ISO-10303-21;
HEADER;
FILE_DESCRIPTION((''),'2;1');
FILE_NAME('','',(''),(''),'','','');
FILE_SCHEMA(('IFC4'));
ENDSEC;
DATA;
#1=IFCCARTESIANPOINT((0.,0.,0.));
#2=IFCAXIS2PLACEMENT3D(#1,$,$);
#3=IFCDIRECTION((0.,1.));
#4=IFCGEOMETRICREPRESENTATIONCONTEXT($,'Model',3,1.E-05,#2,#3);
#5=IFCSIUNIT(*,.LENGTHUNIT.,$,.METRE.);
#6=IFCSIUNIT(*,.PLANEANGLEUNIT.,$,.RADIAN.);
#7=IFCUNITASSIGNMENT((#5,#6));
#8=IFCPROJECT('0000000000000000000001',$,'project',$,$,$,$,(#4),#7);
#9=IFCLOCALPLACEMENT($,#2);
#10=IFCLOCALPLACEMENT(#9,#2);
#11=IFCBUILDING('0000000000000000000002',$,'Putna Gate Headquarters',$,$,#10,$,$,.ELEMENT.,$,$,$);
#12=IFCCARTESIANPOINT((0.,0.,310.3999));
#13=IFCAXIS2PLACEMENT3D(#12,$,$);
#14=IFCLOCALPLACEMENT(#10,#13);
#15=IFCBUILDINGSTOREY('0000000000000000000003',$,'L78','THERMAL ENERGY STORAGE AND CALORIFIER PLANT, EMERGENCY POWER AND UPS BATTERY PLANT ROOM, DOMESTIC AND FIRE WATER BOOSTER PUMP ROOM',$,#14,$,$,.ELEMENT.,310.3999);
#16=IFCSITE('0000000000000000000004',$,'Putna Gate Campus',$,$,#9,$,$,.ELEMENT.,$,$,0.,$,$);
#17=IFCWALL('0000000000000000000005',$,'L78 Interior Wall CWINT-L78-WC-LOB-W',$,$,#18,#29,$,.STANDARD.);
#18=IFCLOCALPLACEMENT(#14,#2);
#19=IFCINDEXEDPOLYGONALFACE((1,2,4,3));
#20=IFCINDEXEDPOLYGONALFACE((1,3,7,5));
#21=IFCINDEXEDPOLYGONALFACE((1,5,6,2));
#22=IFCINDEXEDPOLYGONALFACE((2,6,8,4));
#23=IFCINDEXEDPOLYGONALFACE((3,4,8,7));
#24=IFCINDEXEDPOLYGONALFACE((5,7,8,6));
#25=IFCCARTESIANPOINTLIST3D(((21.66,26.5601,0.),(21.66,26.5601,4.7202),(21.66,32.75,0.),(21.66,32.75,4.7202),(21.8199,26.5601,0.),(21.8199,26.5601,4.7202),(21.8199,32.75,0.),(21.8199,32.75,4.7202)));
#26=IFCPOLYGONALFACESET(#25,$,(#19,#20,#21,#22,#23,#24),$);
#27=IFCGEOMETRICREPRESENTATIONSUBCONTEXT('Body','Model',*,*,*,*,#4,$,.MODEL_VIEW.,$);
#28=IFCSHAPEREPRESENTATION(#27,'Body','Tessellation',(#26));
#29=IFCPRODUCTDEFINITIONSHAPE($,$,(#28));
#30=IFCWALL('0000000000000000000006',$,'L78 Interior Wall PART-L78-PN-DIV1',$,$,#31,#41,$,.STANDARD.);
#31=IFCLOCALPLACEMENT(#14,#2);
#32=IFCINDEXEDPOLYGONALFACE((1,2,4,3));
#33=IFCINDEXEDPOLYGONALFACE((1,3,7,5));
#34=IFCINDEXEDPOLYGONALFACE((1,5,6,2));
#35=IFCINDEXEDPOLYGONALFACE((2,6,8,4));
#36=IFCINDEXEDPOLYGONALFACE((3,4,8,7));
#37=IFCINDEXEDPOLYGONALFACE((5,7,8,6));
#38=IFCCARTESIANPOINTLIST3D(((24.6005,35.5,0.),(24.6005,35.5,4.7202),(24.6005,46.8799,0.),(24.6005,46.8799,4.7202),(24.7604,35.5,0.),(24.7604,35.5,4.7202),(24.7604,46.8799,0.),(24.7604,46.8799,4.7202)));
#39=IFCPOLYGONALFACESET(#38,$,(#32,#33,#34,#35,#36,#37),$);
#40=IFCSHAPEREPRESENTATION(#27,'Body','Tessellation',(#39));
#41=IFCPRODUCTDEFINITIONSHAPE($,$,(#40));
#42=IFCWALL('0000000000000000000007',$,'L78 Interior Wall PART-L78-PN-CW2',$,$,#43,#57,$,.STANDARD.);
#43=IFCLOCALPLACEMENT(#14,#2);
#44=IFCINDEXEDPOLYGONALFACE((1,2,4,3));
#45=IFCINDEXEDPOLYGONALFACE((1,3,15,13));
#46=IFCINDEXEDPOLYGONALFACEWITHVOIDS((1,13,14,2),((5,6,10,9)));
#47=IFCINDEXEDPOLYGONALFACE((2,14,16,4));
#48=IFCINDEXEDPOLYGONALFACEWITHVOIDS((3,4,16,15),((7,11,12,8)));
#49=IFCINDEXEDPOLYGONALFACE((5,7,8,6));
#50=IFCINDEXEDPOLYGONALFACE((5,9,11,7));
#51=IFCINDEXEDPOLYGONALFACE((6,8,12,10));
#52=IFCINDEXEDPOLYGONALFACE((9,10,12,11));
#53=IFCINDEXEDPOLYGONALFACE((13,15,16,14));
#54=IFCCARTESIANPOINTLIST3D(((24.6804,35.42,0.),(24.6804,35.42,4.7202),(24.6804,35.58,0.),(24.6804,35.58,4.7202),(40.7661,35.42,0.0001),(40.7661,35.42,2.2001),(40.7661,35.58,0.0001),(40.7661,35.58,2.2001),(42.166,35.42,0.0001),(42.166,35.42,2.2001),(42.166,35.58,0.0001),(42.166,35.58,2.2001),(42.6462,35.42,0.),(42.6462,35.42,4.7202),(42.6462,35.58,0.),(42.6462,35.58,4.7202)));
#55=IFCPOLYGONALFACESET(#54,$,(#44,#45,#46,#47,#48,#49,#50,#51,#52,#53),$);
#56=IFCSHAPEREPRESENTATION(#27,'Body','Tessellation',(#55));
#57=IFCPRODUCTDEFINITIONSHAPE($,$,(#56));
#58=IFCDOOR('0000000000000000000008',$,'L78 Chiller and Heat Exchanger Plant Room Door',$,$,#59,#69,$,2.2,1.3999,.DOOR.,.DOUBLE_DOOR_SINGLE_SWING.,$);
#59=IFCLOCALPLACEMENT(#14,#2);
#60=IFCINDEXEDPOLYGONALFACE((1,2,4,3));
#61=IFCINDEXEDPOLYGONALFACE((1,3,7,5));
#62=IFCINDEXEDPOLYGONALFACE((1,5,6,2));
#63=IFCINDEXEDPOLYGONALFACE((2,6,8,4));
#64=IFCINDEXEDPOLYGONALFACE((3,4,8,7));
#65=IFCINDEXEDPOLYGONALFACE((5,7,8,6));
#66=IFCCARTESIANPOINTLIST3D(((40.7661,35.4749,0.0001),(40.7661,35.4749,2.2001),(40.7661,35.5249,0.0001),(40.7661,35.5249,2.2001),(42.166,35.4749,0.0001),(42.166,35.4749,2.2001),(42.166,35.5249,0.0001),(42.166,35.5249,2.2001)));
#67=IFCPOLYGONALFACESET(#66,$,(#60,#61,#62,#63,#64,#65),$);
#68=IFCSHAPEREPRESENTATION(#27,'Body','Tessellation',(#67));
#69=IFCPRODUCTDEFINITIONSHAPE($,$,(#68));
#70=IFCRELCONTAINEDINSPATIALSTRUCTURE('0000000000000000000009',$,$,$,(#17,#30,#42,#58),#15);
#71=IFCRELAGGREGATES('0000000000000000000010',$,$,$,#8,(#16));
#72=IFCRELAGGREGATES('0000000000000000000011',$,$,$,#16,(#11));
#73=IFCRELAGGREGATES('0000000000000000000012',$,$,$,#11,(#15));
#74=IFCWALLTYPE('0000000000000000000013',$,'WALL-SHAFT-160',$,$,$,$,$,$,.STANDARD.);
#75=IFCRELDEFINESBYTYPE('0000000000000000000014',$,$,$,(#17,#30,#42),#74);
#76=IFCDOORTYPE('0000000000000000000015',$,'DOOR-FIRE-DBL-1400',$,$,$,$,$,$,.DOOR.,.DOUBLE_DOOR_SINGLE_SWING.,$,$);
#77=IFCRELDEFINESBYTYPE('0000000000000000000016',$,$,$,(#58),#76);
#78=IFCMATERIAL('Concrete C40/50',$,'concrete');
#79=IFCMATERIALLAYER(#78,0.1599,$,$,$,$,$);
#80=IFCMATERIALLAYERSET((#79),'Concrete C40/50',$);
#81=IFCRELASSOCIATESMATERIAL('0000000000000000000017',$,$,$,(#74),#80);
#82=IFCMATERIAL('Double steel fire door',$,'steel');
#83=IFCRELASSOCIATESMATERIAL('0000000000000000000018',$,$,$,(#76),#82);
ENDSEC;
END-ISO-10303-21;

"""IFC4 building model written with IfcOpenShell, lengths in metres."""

from ifc_helpers import new_model, si_unit, direction, frame, frame_2d, origin, place, context, subcontext, project, spatial, rectangle, extrude, material, layer, layer_set, type_object, element, fill, save


model = new_model("IFC4")

# Units and contexts
model_context = context("Model", 3, precision=1e-05, world=origin(), true_north=direction((0.0, 1.0)))
body_context = subcontext(model_context, "Body", "Model", "MODEL_VIEW")
ifc_project = project(units=[si_unit("LENGTHUNIT", "METRE"), si_unit("PLANEANGLEUNIT", "RADIAN")], contexts=[model_context])

# Site, building, storey
site_placement = place(None, origin())
site = spatial("IfcSite", under=ifc_project, at=site_placement, Name="Putna Gate Campus", CompositionType="ELEMENT", RefElevation=0.0)
building_placement = place(site_placement, origin())
building = spatial("IfcBuilding", under=site, at=building_placement, Name="Putna Gate Headquarters", CompositionType="ELEMENT")
storey_placement = place(building_placement, frame((0.0, 0.0, 310.3999)))
storey = spatial("IfcBuildingStorey", under=building, at=storey_placement, Name="L78", Description="THERMAL ENERGY STORAGE AND CALORIFIER PLANT, EMERGENCY POWER AND UPS BATTERY PLANT ROOM, DOMESTIC AND FIRE WATER BOOSTER PUMP ROOM", CompositionType="ELEMENT", Elevation=310.3999)

# Walls
ifc_material_1 = material(Name="Concrete C40/50", Category="concrete")
ifc_layer_1 = layer(ifc_material_1, 0.1599)
ifc_layer_set_1 = layer_set([ifc_layer_1], Name="Concrete C40/50")
wall_type_1 = type_object("IfcWallType", Name="WALL-SHAFT-160", PredefinedType="STANDARD", material=ifc_layer_set_1)
wall_1_placement = place(storey_placement, frame((21.74, 26.5601, 0.0), z_axis=(0.0, 0.0, 1.0), x_axis=(0.0, 1.0, 0.0)))
element("IfcWall", 1, at=wall_1_placement, inside=storey, type_object=wall_type_1, Name="L78 Interior Wall CWINT-L78-WC-LOB-W", PredefinedType="STANDARD", context=body_context, shape_type="SweptSolid", body=[
    extrude(rectangle(XDim=6.1899, YDim=0.1599, at=frame_2d((3.095, 0.0))), origin(), (0.0, 0.0, 1.0), 4.7202),
])
wall_2_placement = place(storey_placement, frame((24.6804, 35.5, 0.0), z_axis=(0.0, 0.0, 1.0), x_axis=(0.0, 1.0, 0.0)))
element("IfcWall", 2, at=wall_2_placement, inside=storey, type_object=wall_type_1, Name="L78 Interior Wall PART-L78-PN-DIV1", PredefinedType="STANDARD", context=body_context, shape_type="SweptSolid", body=[
    extrude(rectangle(XDim=11.3799, YDim=0.1599, at=frame_2d((5.6899, 0.0))), origin(), (0.0, 0.0, 1.0), 4.7202),
])

# Wall, opening, door
wall_3_placement = place(storey_placement, frame((24.6804, 35.5, 0.0), z_axis=(0.0, 0.0, 1.0), x_axis=(1.0, 0.0, 0.0)))
wall_3 = element("IfcWall", 3, at=wall_3_placement, inside=storey, type_object=wall_type_1, Name="L78 Interior Wall PART-L78-PN-CW2", PredefinedType="STANDARD", context=body_context, shape_type="SweptSolid", body=[
    extrude(rectangle(XDim=17.9658, YDim=0.1599, at=frame_2d((8.9829, 0.0))), origin(), (0.0, 0.0, 1.0), 4.7202),
])
opening_placement = place(wall_3_placement, frame((16.0857, 0.0, 0.0)))
opening = element("IfcOpeningElement", 4, at=opening_placement, cuts=wall_3, PredefinedType="OPENING", context=body_context, shape_type="SweptSolid", body=[
    extrude(rectangle(XDim=1.3999, YDim=2.2, at=frame_2d((0.7, 1.1001))), frame((0.0, 0.0898, 0.0), z_axis=(0.0, -1.0, 0.0), x_axis=(1.0, 0.0, 0.0)), (0.0, 0.0, 1.0), 0.1799),
])
ifc_material_2 = material(Name="Double steel fire door", Category="steel")
door_type = type_object("IfcDoorType", Name="DOOR-FIRE-DBL-1400", OperationType="DOUBLE_DOOR_SINGLE_SWING", PredefinedType="DOOR", material=ifc_material_2)
door_placement = place(opening_placement, origin())
door = element("IfcDoor", 5, at=door_placement, inside=storey, type_object=door_type, Name="L78 Chiller and Heat Exchanger Plant Room Door", OperationType="DOUBLE_DOOR_SINGLE_SWING", OverallHeight=2.2, OverallWidth=1.3999, PredefinedType="DOOR", context=body_context, shape_type="SweptSolid", body=[
    extrude(rectangle(XDim=1.3999, YDim=2.2, at=frame_2d((0.7, 1.1001))), frame((0.0, 0.0249, 0.0), z_axis=(0.0, -1.0, 0.0), x_axis=(1.0, 0.0, 0.0)), (0.0, 0.0, 1.0), 0.05),
])
fill(opening, door)

save(model, "model.ifc")
